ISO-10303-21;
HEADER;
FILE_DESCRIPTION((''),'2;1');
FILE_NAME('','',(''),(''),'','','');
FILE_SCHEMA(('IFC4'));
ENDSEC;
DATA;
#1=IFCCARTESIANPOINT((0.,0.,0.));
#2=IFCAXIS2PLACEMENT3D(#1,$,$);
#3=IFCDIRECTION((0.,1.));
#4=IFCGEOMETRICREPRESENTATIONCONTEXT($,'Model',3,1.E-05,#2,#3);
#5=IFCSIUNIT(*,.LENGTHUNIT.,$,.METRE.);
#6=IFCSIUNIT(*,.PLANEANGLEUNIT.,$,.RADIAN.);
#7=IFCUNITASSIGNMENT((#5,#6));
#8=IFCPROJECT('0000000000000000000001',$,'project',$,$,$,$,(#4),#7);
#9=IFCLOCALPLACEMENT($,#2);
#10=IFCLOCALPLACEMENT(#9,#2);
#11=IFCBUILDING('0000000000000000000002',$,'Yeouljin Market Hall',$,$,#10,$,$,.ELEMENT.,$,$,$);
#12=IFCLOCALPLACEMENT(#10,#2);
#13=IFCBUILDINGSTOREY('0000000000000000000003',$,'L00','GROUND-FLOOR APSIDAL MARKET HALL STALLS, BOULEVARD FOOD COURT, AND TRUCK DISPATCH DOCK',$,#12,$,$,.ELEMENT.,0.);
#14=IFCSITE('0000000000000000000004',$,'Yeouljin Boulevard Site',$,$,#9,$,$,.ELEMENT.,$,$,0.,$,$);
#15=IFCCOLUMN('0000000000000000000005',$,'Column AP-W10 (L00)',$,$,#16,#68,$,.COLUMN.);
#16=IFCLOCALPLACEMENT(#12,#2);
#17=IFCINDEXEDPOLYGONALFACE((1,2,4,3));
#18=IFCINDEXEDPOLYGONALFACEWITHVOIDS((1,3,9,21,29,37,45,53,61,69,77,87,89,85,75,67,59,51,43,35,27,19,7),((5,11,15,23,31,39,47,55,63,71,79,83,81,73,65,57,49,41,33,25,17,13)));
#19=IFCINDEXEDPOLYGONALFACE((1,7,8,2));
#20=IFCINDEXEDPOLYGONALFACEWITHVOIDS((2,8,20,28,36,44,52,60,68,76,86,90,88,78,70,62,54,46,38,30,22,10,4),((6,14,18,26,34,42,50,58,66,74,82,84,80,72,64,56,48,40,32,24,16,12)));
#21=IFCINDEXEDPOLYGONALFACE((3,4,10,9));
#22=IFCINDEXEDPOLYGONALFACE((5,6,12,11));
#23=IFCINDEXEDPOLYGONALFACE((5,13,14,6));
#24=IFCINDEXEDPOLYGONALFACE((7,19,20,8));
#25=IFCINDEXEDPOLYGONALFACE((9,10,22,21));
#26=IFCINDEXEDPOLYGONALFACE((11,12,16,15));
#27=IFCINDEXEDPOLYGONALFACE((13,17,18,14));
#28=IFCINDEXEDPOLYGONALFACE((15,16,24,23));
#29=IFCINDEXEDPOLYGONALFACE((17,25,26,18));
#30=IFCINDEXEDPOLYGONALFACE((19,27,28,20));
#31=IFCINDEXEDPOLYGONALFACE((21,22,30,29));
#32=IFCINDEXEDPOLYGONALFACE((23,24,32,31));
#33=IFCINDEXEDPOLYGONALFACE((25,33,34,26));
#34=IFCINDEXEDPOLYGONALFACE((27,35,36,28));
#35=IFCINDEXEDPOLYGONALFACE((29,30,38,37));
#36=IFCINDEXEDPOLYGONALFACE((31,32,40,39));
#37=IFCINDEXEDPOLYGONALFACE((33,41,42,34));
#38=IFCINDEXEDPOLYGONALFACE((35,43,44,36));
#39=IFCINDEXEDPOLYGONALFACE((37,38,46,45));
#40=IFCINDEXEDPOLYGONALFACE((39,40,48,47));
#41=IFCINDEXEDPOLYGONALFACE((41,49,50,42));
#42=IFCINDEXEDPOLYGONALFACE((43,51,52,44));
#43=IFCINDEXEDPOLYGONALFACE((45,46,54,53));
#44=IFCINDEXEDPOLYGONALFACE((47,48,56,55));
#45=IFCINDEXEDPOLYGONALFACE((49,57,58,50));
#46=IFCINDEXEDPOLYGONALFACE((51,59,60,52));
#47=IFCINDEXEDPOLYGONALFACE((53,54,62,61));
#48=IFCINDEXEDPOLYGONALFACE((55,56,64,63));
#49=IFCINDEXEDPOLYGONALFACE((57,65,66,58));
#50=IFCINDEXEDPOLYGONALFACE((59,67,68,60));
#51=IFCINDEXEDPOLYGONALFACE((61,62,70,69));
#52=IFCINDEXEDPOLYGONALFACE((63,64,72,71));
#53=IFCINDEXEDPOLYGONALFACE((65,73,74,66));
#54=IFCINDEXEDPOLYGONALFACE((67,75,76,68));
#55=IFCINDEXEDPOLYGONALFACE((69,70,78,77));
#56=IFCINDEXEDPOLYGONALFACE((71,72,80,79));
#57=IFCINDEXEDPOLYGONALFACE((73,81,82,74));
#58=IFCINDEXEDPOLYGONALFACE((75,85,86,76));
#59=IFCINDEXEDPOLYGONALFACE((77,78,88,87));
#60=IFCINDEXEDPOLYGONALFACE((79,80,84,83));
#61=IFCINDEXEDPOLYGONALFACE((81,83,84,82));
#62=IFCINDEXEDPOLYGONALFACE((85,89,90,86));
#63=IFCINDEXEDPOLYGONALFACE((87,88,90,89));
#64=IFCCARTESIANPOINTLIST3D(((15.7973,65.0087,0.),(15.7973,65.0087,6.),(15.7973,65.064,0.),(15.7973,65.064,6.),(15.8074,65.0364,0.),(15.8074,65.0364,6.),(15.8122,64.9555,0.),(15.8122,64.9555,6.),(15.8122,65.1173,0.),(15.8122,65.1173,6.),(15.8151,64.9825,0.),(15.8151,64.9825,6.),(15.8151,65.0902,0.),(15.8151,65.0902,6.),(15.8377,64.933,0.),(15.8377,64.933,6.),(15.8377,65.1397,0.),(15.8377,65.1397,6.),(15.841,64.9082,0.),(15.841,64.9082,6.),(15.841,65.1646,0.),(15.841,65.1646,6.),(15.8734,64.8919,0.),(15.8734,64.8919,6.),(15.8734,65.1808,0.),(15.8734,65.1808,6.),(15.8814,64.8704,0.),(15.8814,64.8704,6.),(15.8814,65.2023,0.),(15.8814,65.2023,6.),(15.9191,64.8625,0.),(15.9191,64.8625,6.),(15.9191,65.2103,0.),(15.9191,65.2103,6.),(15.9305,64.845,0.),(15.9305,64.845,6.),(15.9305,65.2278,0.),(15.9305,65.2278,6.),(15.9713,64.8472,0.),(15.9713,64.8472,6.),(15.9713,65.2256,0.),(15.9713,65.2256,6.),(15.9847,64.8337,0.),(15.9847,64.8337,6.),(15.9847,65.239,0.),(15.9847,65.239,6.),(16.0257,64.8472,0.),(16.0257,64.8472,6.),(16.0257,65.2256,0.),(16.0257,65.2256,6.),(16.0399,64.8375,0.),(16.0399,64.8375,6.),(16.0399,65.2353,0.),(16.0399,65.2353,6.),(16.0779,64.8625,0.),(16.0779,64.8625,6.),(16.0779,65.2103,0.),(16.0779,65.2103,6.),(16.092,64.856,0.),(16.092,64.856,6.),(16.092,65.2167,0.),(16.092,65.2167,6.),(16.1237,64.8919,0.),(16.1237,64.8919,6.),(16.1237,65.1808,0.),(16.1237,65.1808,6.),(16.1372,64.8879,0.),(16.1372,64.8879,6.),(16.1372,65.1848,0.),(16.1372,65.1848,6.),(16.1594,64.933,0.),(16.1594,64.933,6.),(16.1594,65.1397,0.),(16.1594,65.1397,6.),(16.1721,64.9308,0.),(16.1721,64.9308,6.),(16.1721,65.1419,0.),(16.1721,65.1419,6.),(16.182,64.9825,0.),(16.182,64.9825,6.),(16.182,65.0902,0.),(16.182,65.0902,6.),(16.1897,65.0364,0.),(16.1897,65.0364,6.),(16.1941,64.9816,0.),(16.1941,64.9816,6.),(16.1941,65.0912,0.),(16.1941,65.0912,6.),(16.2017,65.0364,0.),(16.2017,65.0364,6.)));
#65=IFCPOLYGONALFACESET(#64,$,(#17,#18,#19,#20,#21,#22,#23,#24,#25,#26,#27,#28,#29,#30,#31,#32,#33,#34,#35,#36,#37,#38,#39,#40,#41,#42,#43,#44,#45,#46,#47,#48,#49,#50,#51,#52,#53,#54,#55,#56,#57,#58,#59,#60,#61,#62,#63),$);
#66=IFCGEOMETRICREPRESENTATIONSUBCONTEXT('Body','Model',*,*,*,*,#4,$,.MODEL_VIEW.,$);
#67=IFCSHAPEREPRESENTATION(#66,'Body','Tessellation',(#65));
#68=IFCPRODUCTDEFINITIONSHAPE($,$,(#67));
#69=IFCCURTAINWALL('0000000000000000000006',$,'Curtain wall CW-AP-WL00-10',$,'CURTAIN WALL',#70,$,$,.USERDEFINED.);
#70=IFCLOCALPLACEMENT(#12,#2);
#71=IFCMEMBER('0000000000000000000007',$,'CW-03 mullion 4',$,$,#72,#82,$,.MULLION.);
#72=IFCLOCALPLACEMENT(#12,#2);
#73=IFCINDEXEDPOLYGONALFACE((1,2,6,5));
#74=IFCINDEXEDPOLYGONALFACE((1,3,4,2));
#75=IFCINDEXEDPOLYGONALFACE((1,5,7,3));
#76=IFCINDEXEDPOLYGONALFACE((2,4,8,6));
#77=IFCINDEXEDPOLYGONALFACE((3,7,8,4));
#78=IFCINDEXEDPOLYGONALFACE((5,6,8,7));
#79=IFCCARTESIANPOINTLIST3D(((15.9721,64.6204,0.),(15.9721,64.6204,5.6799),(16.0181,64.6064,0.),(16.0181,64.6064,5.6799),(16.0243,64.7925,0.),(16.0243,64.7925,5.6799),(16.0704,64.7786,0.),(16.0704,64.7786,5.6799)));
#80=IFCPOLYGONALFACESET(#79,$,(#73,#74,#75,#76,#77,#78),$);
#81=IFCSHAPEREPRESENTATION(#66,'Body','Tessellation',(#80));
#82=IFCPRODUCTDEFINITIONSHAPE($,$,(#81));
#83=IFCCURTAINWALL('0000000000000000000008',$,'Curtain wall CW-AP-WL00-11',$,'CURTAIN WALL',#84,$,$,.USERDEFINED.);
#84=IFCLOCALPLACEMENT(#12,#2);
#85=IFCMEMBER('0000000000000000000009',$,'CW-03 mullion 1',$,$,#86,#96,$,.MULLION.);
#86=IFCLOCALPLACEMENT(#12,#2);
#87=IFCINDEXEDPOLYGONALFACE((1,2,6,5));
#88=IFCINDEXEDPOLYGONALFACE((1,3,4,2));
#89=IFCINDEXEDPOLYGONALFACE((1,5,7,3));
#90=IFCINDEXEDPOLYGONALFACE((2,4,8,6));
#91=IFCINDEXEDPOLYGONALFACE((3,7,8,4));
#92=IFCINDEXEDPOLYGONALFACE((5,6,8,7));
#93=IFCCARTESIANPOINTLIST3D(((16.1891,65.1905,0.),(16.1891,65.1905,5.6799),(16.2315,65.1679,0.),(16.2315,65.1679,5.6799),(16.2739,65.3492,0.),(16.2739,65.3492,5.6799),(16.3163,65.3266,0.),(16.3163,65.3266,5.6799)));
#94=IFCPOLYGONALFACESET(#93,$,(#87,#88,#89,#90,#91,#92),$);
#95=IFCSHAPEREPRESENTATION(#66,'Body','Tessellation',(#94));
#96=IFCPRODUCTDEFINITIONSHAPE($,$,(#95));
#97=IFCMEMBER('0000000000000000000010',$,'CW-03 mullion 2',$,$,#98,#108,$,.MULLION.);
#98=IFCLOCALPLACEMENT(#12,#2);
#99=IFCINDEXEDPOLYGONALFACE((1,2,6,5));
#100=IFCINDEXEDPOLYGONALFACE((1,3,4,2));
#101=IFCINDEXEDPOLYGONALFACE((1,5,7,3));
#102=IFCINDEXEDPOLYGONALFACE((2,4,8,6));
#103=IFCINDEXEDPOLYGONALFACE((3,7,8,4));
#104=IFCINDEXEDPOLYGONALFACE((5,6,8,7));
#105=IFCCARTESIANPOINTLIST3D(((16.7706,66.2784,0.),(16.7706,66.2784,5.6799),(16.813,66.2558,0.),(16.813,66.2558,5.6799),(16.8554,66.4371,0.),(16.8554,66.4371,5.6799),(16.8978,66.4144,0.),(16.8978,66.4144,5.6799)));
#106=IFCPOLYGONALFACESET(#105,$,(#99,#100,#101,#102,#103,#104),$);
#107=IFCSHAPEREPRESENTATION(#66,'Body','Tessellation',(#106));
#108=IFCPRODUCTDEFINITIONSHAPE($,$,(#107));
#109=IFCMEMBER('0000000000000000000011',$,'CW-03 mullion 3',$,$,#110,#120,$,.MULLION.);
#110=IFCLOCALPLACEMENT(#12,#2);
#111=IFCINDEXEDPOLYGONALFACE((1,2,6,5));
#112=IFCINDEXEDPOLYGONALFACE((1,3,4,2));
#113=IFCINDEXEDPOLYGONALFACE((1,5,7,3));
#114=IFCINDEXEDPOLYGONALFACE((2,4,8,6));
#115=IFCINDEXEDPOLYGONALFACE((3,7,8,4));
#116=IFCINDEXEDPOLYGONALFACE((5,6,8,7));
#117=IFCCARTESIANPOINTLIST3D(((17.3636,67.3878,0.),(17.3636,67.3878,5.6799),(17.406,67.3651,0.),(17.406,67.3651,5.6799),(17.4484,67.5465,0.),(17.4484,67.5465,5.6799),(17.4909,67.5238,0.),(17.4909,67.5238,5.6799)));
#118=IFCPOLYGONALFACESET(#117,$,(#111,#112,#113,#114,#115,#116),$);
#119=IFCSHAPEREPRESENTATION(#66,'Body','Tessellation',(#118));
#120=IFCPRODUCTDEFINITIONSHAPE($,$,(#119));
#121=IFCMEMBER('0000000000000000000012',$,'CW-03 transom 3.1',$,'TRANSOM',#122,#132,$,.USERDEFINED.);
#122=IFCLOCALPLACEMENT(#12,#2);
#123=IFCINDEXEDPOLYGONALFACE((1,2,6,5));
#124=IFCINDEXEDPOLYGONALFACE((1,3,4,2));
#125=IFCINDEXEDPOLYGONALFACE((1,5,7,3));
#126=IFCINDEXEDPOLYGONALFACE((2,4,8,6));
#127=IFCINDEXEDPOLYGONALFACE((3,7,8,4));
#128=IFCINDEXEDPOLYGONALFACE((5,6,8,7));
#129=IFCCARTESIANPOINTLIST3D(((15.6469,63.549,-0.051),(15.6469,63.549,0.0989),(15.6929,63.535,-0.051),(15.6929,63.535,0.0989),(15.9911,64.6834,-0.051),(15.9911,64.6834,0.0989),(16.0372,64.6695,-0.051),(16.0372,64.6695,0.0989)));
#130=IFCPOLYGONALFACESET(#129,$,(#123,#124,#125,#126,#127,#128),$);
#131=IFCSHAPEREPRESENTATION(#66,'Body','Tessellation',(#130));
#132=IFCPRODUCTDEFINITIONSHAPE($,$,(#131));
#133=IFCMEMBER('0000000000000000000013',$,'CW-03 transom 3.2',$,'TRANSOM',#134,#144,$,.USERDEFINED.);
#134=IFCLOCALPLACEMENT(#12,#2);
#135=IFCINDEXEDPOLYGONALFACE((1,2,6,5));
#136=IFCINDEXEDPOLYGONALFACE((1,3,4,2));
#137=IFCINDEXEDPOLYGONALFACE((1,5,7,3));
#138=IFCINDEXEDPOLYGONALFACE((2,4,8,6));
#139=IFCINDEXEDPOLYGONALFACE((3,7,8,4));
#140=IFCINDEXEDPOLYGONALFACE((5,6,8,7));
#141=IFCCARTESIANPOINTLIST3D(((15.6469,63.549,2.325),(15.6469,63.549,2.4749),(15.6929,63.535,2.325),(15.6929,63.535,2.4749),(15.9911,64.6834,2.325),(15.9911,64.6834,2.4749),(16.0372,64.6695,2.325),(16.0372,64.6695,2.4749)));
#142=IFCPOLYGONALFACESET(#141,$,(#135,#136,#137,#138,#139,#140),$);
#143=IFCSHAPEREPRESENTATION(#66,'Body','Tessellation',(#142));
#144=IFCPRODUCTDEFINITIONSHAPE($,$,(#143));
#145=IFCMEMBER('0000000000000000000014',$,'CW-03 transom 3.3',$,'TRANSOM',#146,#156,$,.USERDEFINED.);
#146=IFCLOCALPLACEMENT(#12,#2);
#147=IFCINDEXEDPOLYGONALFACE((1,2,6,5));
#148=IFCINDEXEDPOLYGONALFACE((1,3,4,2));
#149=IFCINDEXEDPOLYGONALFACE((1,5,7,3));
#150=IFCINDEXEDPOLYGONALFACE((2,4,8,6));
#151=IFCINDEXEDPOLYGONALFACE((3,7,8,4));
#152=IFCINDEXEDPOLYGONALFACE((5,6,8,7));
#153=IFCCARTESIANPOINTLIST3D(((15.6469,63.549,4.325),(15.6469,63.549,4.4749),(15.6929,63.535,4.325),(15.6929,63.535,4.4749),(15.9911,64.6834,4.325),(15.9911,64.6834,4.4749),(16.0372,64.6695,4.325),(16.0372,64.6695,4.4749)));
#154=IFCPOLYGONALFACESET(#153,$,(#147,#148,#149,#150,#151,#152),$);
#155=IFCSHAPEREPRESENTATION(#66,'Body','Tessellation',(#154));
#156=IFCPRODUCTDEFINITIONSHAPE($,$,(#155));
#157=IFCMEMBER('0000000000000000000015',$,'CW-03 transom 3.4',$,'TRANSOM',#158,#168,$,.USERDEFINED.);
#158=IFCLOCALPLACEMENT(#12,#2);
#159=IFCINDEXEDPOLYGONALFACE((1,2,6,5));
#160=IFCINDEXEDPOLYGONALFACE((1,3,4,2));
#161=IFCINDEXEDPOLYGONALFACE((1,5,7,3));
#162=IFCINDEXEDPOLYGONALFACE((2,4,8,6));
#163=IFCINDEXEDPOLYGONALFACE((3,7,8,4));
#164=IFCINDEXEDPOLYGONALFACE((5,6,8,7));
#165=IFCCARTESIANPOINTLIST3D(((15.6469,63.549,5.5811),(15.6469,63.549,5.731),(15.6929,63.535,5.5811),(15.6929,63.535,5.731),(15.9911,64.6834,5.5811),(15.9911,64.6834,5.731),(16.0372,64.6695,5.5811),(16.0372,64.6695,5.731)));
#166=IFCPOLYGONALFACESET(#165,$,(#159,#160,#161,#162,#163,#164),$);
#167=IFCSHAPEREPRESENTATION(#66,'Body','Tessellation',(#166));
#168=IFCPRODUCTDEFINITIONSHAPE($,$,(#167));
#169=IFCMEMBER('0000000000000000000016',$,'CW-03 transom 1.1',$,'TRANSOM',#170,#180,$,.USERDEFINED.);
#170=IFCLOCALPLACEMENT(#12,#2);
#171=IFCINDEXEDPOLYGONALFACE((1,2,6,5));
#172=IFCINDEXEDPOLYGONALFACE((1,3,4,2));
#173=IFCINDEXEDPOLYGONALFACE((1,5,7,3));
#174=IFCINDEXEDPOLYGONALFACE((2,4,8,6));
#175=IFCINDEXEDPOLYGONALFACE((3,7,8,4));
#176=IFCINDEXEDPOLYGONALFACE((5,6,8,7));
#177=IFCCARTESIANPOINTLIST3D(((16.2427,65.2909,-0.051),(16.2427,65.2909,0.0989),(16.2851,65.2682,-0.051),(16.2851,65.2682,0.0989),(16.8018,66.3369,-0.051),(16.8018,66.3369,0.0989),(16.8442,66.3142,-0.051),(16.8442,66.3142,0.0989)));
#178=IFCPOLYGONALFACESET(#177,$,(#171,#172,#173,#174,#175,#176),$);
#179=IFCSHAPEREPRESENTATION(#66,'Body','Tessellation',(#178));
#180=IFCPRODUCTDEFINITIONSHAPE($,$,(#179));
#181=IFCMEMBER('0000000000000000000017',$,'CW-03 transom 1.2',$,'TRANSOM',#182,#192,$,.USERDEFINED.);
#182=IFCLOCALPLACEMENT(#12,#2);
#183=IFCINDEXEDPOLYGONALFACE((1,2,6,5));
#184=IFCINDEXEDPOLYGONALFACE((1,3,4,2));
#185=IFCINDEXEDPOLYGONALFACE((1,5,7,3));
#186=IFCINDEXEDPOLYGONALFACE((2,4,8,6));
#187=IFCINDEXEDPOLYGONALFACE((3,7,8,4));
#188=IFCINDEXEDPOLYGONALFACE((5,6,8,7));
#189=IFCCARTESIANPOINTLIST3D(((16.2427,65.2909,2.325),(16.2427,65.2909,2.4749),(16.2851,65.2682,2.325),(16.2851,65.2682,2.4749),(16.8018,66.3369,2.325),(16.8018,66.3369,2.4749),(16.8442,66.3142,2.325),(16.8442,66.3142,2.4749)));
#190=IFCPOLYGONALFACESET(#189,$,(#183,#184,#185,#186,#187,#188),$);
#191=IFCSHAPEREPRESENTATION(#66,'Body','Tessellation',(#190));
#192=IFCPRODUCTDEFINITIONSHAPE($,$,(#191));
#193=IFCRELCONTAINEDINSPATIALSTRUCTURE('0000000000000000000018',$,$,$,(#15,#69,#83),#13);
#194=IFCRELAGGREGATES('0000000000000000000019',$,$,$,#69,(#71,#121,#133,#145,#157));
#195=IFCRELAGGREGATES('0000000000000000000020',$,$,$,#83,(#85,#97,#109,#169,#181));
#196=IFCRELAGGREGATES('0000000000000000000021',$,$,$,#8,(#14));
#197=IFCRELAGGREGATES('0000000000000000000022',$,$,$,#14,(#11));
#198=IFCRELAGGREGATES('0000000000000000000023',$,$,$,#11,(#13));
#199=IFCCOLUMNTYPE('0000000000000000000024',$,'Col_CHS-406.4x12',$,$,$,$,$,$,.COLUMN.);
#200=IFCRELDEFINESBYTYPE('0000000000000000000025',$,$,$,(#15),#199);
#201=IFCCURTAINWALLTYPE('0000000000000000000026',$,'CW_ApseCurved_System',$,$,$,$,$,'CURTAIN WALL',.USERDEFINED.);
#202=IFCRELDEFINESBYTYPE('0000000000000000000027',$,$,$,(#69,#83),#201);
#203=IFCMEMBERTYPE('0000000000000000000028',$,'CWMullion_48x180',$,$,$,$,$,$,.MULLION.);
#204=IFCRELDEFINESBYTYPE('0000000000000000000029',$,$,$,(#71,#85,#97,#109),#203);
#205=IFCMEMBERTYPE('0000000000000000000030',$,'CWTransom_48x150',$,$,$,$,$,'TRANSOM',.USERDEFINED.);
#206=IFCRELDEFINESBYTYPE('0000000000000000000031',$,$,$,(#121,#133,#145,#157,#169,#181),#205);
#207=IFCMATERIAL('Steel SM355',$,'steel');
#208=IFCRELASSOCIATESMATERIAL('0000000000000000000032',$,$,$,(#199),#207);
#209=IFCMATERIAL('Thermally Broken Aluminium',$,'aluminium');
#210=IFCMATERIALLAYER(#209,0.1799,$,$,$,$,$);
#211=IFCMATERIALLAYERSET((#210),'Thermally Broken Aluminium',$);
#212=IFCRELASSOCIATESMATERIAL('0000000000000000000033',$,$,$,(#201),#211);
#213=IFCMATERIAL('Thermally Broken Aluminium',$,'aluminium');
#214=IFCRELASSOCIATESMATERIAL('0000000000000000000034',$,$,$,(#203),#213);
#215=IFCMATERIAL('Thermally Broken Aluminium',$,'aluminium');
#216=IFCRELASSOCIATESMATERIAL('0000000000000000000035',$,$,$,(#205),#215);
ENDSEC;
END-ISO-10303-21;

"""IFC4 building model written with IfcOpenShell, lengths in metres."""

from ifc_helpers import new_model, si_unit, direction, frame, origin, origin_2d, place, context, subcontext, project, spatial, rectangle, hollow_circle, extrude, material, layer, layer_set, material_profile, profile_set, type_object, element, aggregate, save


model = new_model("IFC4")

# Units and contexts
model_context = context("Model", 3, precision=1e-05, world=origin(), true_north=direction((0.0, 1.0)))
body_context = subcontext(model_context, "Body", "Model", "MODEL_VIEW")
ifc_project = project(units=[si_unit("LENGTHUNIT", "METRE"), si_unit("PLANEANGLEUNIT", "RADIAN")], contexts=[model_context])

# Site, building, storey
site_placement = place(None, origin())
site = spatial("IfcSite", under=ifc_project, at=site_placement, Name="Yeouljin Boulevard Site", CompositionType="ELEMENT", RefElevation=0.0)
building_placement = place(site_placement, origin())
building = spatial("IfcBuilding", under=site, at=building_placement, Name="Yeouljin Market Hall", CompositionType="ELEMENT")
storey_placement = place(building_placement, origin())
storey = spatial("IfcBuildingStorey", under=building, at=storey_placement, Name="L00", Description="GROUND-FLOOR APSIDAL MARKET HALL STALLS, BOULEVARD FOOD COURT, AND TRUCK DISPATCH DOCK", CompositionType="ELEMENT", Elevation=0.0)

# Column
ifc_material_1 = material(Name="Steel SM355", Category="steel")
ifc_material_profile_1 = material_profile(ifc_material_1, hollow_circle(Radius=0.2031, WallThickness=0.012, at=origin_2d()), Name="CHS-406.4x12")
ifc_profile_set_1 = profile_set([ifc_material_profile_1], Name="Steel SM355")
column_type = type_object("IfcColumnType", Name="Col_CHS-406.4x12", PredefinedType="COLUMN", material=ifc_profile_set_1)
column_placement = place(storey_placement, frame((15.9985, 65.0364, 0.0), z_axis=(0.0, 0.0, 1.0), x_axis=(1.0, 0.0, 0.0)))
element("IfcColumn", 1, at=column_placement, inside=storey, type_object=column_type, Name="Column AP-W10 (L00)", PredefinedType="COLUMN", context=body_context, shape_type="SweptSolid", body=[
    extrude(hollow_circle(Radius=0.2031, WallThickness=0.012, at=origin_2d()), origin(), (0.0, 0.0, 1.0), 6.0),
])

# Curtain wall, member
ifc_material_2 = material(Name="Thermally Broken Aluminium", Category="aluminium")
ifc_layer_1 = layer(ifc_material_2, 0.1799)
ifc_layer_set_1 = layer_set([ifc_layer_1], Name="Thermally Broken Aluminium")
curtain_wall_type = type_object("IfcCurtainWallType", Name="CW_ApseCurved_System", ElementType="CURTAIN WALL", PredefinedType="USERDEFINED", material=ifc_layer_set_1)
curtain_wall_1_placement = place(storey_placement, origin())
curtain_wall_1 = element("IfcCurtainWall", 2, at=curtain_wall_1_placement, inside=storey, type_object=curtain_wall_type, Name="Curtain wall CW-AP-WL00-10", ObjectType="CURTAIN WALL", PredefinedType="USERDEFINED")
ifc_material_3 = material(Name="Thermally Broken Aluminium", Category="aluminium")
ifc_material_profile_2 = material_profile(ifc_material_3, rectangle(XDim=0.0481, YDim=0.1799, at=origin_2d()), Name="CW-MULL-48x180")
ifc_profile_set_2 = profile_set([ifc_material_profile_2], Name="Thermally Broken Aluminium")
member_type_1 = type_object("IfcMemberType", Name="CWMullion_48x180", PredefinedType="MULLION", material=ifc_profile_set_2)
member_1_placement = place(storey_placement, frame((16.0212, 64.6995, 0.0), z_axis=(0.0, 0.0, 1.0), x_axis=(-0.95694, 0.290286, 0.0)))
member_1 = element("IfcMember", 3, at=member_1_placement, type_object=member_type_1, Name="CW-03 mullion 4", PredefinedType="MULLION", context=body_context, shape_type="SweptSolid", body=[
    extrude(rectangle(XDim=0.0481, YDim=0.1799, at=origin_2d()), origin(), (0.0, 0.0, 1.0), 5.6799),
])

# Curtain wall, members
curtain_wall_2_placement = place(storey_placement, origin())
curtain_wall_2 = element("IfcCurtainWall", 4, at=curtain_wall_2_placement, inside=storey, type_object=curtain_wall_type, Name="Curtain wall CW-AP-WL00-11", ObjectType="CURTAIN WALL", PredefinedType="USERDEFINED")
member_2_placement = place(storey_placement, frame((16.2527, 65.2585, 0.0), z_axis=(0.0, 0.0, 1.0), x_axis=(-0.881931, 0.471378, 0.0)))
member_2 = element("IfcMember", 5, at=member_2_placement, type_object=member_type_1, Name="CW-03 mullion 1", PredefinedType="MULLION", context=body_context, shape_type="SweptSolid", body=[
    extrude(rectangle(XDim=0.0481, YDim=0.1799, at=origin_2d()), origin(), (0.0, 0.0, 1.0), 5.6799),
])
member_3_placement = place(storey_placement, frame((16.8342, 66.3464, 0.0), z_axis=(0.0, 0.0, 1.0), x_axis=(-0.881931, 0.471378, 0.0)))
member_3 = element("IfcMember", 6, at=member_3_placement, type_object=member_type_1, Name="CW-03 mullion 2", PredefinedType="MULLION", context=body_context, shape_type="SweptSolid", body=[
    extrude(rectangle(XDim=0.0481, YDim=0.1799, at=origin_2d()), origin(), (0.0, 0.0, 1.0), 5.6799),
])
member_4_placement = place(storey_placement, frame((17.4272, 67.4558, 0.0), z_axis=(0.0, 0.0, 1.0), x_axis=(-0.881931, 0.471378, 0.0)))
member_4 = element("IfcMember", 7, at=member_4_placement, type_object=member_type_1, Name="CW-03 mullion 3", PredefinedType="MULLION", context=body_context, shape_type="SweptSolid", body=[
    extrude(rectangle(XDim=0.0481, YDim=0.1799, at=origin_2d()), origin(), (0.0, 0.0, 1.0), 5.6799),
])

# Members
ifc_material_4 = material(Name="Thermally Broken Aluminium", Category="aluminium")
ifc_material_profile_3 = material_profile(ifc_material_4, rectangle(XDim=0.0481, YDim=0.1499, at=origin_2d()), Name="CW-TRAN-48x150")
ifc_profile_set_3 = profile_set([ifc_material_profile_3], Name="Thermally Broken Aluminium")
member_type_2 = type_object("IfcMemberType", Name="CWTransom_48x150", ElementType="TRANSOM", PredefinedType="USERDEFINED", material=ifc_profile_set_3)
member_5_placement = place(storey_placement, frame((15.6699, 63.542, 0.0239), z_axis=(0.29035, 0.95692, 0.0), x_axis=(-0.95692, 0.29035, 0.0)))
member_5 = element("IfcMember", 8, at=member_5_placement, type_object=member_type_2, Name="CW-03 transom 3.1", ObjectType="TRANSOM", PredefinedType="USERDEFINED", context=body_context, shape_type="SweptSolid", body=[
    extrude(rectangle(XDim=0.0481, YDim=0.1499, at=origin_2d()), origin(), (0.0, 0.0, 1.0), 1.1855),
])
member_6_placement = place(storey_placement, frame((15.6699, 63.542, 2.3999), z_axis=(0.29035, 0.95692, 0.0), x_axis=(-0.95692, 0.29035, 0.0)))
member_6 = element("IfcMember", 9, at=member_6_placement, type_object=member_type_2, Name="CW-03 transom 3.2", ObjectType="TRANSOM", PredefinedType="USERDEFINED", context=body_context, shape_type="SweptSolid", body=[
    extrude(rectangle(XDim=0.0481, YDim=0.1499, at=origin_2d()), origin(), (0.0, 0.0, 1.0), 1.1855),
])
member_7_placement = place(storey_placement, frame((15.6699, 63.542, 4.3999), z_axis=(0.29035, 0.95692, 0.0), x_axis=(-0.95692, 0.29035, 0.0)))
member_7 = element("IfcMember", 10, at=member_7_placement, type_object=member_type_2, Name="CW-03 transom 3.3", ObjectType="TRANSOM", PredefinedType="USERDEFINED", context=body_context, shape_type="SweptSolid", body=[
    extrude(rectangle(XDim=0.0481, YDim=0.1499, at=origin_2d()), origin(), (0.0, 0.0, 1.0), 1.1855),
])
member_8_placement = place(storey_placement, frame((15.6699, 63.542, 5.656), z_axis=(0.29035, 0.95692, 0.0), x_axis=(-0.95692, 0.29035, 0.0)))
member_8 = element("IfcMember", 11, at=member_8_placement, type_object=member_type_2, Name="CW-03 transom 3.4", ObjectType="TRANSOM", PredefinedType="USERDEFINED", context=body_context, shape_type="SweptSolid", body=[
    extrude(rectangle(XDim=0.0481, YDim=0.1499, at=origin_2d()), origin(), (0.0, 0.0, 1.0), 1.1855),
])
member_9_placement = place(storey_placement, frame((16.2639, 65.2795, 0.0239), z_axis=(0.471421, 0.881908, 0.0), x_axis=(-0.881908, 0.471421, 0.0)))
member_9 = element("IfcMember", 12, at=member_9_placement, type_object=member_type_2, Name="CW-03 transom 1.1", ObjectType="TRANSOM", PredefinedType="USERDEFINED", context=body_context, shape_type="SweptSolid", body=[
    extrude(rectangle(XDim=0.0481, YDim=0.1499, at=origin_2d()), origin(), (0.0, 0.0, 1.0), 1.186),
])
member_10_placement = place(storey_placement, frame((16.2639, 65.2795, 2.3999), z_axis=(0.471421, 0.881908, 0.0), x_axis=(-0.881908, 0.471421, 0.0)))
member_10 = element("IfcMember", 13, at=member_10_placement, type_object=member_type_2, Name="CW-03 transom 1.2", ObjectType="TRANSOM", PredefinedType="USERDEFINED", context=body_context, shape_type="SweptSolid", body=[
    extrude(rectangle(XDim=0.0481, YDim=0.1499, at=origin_2d()), origin(), (0.0, 0.0, 1.0), 1.186),
])

aggregate(curtain_wall_1, [member_1, member_5, member_6, member_7, member_8])
aggregate(curtain_wall_2, [member_2, member_3, member_4, member_9, member_10])

save(model, "model.ifc")
